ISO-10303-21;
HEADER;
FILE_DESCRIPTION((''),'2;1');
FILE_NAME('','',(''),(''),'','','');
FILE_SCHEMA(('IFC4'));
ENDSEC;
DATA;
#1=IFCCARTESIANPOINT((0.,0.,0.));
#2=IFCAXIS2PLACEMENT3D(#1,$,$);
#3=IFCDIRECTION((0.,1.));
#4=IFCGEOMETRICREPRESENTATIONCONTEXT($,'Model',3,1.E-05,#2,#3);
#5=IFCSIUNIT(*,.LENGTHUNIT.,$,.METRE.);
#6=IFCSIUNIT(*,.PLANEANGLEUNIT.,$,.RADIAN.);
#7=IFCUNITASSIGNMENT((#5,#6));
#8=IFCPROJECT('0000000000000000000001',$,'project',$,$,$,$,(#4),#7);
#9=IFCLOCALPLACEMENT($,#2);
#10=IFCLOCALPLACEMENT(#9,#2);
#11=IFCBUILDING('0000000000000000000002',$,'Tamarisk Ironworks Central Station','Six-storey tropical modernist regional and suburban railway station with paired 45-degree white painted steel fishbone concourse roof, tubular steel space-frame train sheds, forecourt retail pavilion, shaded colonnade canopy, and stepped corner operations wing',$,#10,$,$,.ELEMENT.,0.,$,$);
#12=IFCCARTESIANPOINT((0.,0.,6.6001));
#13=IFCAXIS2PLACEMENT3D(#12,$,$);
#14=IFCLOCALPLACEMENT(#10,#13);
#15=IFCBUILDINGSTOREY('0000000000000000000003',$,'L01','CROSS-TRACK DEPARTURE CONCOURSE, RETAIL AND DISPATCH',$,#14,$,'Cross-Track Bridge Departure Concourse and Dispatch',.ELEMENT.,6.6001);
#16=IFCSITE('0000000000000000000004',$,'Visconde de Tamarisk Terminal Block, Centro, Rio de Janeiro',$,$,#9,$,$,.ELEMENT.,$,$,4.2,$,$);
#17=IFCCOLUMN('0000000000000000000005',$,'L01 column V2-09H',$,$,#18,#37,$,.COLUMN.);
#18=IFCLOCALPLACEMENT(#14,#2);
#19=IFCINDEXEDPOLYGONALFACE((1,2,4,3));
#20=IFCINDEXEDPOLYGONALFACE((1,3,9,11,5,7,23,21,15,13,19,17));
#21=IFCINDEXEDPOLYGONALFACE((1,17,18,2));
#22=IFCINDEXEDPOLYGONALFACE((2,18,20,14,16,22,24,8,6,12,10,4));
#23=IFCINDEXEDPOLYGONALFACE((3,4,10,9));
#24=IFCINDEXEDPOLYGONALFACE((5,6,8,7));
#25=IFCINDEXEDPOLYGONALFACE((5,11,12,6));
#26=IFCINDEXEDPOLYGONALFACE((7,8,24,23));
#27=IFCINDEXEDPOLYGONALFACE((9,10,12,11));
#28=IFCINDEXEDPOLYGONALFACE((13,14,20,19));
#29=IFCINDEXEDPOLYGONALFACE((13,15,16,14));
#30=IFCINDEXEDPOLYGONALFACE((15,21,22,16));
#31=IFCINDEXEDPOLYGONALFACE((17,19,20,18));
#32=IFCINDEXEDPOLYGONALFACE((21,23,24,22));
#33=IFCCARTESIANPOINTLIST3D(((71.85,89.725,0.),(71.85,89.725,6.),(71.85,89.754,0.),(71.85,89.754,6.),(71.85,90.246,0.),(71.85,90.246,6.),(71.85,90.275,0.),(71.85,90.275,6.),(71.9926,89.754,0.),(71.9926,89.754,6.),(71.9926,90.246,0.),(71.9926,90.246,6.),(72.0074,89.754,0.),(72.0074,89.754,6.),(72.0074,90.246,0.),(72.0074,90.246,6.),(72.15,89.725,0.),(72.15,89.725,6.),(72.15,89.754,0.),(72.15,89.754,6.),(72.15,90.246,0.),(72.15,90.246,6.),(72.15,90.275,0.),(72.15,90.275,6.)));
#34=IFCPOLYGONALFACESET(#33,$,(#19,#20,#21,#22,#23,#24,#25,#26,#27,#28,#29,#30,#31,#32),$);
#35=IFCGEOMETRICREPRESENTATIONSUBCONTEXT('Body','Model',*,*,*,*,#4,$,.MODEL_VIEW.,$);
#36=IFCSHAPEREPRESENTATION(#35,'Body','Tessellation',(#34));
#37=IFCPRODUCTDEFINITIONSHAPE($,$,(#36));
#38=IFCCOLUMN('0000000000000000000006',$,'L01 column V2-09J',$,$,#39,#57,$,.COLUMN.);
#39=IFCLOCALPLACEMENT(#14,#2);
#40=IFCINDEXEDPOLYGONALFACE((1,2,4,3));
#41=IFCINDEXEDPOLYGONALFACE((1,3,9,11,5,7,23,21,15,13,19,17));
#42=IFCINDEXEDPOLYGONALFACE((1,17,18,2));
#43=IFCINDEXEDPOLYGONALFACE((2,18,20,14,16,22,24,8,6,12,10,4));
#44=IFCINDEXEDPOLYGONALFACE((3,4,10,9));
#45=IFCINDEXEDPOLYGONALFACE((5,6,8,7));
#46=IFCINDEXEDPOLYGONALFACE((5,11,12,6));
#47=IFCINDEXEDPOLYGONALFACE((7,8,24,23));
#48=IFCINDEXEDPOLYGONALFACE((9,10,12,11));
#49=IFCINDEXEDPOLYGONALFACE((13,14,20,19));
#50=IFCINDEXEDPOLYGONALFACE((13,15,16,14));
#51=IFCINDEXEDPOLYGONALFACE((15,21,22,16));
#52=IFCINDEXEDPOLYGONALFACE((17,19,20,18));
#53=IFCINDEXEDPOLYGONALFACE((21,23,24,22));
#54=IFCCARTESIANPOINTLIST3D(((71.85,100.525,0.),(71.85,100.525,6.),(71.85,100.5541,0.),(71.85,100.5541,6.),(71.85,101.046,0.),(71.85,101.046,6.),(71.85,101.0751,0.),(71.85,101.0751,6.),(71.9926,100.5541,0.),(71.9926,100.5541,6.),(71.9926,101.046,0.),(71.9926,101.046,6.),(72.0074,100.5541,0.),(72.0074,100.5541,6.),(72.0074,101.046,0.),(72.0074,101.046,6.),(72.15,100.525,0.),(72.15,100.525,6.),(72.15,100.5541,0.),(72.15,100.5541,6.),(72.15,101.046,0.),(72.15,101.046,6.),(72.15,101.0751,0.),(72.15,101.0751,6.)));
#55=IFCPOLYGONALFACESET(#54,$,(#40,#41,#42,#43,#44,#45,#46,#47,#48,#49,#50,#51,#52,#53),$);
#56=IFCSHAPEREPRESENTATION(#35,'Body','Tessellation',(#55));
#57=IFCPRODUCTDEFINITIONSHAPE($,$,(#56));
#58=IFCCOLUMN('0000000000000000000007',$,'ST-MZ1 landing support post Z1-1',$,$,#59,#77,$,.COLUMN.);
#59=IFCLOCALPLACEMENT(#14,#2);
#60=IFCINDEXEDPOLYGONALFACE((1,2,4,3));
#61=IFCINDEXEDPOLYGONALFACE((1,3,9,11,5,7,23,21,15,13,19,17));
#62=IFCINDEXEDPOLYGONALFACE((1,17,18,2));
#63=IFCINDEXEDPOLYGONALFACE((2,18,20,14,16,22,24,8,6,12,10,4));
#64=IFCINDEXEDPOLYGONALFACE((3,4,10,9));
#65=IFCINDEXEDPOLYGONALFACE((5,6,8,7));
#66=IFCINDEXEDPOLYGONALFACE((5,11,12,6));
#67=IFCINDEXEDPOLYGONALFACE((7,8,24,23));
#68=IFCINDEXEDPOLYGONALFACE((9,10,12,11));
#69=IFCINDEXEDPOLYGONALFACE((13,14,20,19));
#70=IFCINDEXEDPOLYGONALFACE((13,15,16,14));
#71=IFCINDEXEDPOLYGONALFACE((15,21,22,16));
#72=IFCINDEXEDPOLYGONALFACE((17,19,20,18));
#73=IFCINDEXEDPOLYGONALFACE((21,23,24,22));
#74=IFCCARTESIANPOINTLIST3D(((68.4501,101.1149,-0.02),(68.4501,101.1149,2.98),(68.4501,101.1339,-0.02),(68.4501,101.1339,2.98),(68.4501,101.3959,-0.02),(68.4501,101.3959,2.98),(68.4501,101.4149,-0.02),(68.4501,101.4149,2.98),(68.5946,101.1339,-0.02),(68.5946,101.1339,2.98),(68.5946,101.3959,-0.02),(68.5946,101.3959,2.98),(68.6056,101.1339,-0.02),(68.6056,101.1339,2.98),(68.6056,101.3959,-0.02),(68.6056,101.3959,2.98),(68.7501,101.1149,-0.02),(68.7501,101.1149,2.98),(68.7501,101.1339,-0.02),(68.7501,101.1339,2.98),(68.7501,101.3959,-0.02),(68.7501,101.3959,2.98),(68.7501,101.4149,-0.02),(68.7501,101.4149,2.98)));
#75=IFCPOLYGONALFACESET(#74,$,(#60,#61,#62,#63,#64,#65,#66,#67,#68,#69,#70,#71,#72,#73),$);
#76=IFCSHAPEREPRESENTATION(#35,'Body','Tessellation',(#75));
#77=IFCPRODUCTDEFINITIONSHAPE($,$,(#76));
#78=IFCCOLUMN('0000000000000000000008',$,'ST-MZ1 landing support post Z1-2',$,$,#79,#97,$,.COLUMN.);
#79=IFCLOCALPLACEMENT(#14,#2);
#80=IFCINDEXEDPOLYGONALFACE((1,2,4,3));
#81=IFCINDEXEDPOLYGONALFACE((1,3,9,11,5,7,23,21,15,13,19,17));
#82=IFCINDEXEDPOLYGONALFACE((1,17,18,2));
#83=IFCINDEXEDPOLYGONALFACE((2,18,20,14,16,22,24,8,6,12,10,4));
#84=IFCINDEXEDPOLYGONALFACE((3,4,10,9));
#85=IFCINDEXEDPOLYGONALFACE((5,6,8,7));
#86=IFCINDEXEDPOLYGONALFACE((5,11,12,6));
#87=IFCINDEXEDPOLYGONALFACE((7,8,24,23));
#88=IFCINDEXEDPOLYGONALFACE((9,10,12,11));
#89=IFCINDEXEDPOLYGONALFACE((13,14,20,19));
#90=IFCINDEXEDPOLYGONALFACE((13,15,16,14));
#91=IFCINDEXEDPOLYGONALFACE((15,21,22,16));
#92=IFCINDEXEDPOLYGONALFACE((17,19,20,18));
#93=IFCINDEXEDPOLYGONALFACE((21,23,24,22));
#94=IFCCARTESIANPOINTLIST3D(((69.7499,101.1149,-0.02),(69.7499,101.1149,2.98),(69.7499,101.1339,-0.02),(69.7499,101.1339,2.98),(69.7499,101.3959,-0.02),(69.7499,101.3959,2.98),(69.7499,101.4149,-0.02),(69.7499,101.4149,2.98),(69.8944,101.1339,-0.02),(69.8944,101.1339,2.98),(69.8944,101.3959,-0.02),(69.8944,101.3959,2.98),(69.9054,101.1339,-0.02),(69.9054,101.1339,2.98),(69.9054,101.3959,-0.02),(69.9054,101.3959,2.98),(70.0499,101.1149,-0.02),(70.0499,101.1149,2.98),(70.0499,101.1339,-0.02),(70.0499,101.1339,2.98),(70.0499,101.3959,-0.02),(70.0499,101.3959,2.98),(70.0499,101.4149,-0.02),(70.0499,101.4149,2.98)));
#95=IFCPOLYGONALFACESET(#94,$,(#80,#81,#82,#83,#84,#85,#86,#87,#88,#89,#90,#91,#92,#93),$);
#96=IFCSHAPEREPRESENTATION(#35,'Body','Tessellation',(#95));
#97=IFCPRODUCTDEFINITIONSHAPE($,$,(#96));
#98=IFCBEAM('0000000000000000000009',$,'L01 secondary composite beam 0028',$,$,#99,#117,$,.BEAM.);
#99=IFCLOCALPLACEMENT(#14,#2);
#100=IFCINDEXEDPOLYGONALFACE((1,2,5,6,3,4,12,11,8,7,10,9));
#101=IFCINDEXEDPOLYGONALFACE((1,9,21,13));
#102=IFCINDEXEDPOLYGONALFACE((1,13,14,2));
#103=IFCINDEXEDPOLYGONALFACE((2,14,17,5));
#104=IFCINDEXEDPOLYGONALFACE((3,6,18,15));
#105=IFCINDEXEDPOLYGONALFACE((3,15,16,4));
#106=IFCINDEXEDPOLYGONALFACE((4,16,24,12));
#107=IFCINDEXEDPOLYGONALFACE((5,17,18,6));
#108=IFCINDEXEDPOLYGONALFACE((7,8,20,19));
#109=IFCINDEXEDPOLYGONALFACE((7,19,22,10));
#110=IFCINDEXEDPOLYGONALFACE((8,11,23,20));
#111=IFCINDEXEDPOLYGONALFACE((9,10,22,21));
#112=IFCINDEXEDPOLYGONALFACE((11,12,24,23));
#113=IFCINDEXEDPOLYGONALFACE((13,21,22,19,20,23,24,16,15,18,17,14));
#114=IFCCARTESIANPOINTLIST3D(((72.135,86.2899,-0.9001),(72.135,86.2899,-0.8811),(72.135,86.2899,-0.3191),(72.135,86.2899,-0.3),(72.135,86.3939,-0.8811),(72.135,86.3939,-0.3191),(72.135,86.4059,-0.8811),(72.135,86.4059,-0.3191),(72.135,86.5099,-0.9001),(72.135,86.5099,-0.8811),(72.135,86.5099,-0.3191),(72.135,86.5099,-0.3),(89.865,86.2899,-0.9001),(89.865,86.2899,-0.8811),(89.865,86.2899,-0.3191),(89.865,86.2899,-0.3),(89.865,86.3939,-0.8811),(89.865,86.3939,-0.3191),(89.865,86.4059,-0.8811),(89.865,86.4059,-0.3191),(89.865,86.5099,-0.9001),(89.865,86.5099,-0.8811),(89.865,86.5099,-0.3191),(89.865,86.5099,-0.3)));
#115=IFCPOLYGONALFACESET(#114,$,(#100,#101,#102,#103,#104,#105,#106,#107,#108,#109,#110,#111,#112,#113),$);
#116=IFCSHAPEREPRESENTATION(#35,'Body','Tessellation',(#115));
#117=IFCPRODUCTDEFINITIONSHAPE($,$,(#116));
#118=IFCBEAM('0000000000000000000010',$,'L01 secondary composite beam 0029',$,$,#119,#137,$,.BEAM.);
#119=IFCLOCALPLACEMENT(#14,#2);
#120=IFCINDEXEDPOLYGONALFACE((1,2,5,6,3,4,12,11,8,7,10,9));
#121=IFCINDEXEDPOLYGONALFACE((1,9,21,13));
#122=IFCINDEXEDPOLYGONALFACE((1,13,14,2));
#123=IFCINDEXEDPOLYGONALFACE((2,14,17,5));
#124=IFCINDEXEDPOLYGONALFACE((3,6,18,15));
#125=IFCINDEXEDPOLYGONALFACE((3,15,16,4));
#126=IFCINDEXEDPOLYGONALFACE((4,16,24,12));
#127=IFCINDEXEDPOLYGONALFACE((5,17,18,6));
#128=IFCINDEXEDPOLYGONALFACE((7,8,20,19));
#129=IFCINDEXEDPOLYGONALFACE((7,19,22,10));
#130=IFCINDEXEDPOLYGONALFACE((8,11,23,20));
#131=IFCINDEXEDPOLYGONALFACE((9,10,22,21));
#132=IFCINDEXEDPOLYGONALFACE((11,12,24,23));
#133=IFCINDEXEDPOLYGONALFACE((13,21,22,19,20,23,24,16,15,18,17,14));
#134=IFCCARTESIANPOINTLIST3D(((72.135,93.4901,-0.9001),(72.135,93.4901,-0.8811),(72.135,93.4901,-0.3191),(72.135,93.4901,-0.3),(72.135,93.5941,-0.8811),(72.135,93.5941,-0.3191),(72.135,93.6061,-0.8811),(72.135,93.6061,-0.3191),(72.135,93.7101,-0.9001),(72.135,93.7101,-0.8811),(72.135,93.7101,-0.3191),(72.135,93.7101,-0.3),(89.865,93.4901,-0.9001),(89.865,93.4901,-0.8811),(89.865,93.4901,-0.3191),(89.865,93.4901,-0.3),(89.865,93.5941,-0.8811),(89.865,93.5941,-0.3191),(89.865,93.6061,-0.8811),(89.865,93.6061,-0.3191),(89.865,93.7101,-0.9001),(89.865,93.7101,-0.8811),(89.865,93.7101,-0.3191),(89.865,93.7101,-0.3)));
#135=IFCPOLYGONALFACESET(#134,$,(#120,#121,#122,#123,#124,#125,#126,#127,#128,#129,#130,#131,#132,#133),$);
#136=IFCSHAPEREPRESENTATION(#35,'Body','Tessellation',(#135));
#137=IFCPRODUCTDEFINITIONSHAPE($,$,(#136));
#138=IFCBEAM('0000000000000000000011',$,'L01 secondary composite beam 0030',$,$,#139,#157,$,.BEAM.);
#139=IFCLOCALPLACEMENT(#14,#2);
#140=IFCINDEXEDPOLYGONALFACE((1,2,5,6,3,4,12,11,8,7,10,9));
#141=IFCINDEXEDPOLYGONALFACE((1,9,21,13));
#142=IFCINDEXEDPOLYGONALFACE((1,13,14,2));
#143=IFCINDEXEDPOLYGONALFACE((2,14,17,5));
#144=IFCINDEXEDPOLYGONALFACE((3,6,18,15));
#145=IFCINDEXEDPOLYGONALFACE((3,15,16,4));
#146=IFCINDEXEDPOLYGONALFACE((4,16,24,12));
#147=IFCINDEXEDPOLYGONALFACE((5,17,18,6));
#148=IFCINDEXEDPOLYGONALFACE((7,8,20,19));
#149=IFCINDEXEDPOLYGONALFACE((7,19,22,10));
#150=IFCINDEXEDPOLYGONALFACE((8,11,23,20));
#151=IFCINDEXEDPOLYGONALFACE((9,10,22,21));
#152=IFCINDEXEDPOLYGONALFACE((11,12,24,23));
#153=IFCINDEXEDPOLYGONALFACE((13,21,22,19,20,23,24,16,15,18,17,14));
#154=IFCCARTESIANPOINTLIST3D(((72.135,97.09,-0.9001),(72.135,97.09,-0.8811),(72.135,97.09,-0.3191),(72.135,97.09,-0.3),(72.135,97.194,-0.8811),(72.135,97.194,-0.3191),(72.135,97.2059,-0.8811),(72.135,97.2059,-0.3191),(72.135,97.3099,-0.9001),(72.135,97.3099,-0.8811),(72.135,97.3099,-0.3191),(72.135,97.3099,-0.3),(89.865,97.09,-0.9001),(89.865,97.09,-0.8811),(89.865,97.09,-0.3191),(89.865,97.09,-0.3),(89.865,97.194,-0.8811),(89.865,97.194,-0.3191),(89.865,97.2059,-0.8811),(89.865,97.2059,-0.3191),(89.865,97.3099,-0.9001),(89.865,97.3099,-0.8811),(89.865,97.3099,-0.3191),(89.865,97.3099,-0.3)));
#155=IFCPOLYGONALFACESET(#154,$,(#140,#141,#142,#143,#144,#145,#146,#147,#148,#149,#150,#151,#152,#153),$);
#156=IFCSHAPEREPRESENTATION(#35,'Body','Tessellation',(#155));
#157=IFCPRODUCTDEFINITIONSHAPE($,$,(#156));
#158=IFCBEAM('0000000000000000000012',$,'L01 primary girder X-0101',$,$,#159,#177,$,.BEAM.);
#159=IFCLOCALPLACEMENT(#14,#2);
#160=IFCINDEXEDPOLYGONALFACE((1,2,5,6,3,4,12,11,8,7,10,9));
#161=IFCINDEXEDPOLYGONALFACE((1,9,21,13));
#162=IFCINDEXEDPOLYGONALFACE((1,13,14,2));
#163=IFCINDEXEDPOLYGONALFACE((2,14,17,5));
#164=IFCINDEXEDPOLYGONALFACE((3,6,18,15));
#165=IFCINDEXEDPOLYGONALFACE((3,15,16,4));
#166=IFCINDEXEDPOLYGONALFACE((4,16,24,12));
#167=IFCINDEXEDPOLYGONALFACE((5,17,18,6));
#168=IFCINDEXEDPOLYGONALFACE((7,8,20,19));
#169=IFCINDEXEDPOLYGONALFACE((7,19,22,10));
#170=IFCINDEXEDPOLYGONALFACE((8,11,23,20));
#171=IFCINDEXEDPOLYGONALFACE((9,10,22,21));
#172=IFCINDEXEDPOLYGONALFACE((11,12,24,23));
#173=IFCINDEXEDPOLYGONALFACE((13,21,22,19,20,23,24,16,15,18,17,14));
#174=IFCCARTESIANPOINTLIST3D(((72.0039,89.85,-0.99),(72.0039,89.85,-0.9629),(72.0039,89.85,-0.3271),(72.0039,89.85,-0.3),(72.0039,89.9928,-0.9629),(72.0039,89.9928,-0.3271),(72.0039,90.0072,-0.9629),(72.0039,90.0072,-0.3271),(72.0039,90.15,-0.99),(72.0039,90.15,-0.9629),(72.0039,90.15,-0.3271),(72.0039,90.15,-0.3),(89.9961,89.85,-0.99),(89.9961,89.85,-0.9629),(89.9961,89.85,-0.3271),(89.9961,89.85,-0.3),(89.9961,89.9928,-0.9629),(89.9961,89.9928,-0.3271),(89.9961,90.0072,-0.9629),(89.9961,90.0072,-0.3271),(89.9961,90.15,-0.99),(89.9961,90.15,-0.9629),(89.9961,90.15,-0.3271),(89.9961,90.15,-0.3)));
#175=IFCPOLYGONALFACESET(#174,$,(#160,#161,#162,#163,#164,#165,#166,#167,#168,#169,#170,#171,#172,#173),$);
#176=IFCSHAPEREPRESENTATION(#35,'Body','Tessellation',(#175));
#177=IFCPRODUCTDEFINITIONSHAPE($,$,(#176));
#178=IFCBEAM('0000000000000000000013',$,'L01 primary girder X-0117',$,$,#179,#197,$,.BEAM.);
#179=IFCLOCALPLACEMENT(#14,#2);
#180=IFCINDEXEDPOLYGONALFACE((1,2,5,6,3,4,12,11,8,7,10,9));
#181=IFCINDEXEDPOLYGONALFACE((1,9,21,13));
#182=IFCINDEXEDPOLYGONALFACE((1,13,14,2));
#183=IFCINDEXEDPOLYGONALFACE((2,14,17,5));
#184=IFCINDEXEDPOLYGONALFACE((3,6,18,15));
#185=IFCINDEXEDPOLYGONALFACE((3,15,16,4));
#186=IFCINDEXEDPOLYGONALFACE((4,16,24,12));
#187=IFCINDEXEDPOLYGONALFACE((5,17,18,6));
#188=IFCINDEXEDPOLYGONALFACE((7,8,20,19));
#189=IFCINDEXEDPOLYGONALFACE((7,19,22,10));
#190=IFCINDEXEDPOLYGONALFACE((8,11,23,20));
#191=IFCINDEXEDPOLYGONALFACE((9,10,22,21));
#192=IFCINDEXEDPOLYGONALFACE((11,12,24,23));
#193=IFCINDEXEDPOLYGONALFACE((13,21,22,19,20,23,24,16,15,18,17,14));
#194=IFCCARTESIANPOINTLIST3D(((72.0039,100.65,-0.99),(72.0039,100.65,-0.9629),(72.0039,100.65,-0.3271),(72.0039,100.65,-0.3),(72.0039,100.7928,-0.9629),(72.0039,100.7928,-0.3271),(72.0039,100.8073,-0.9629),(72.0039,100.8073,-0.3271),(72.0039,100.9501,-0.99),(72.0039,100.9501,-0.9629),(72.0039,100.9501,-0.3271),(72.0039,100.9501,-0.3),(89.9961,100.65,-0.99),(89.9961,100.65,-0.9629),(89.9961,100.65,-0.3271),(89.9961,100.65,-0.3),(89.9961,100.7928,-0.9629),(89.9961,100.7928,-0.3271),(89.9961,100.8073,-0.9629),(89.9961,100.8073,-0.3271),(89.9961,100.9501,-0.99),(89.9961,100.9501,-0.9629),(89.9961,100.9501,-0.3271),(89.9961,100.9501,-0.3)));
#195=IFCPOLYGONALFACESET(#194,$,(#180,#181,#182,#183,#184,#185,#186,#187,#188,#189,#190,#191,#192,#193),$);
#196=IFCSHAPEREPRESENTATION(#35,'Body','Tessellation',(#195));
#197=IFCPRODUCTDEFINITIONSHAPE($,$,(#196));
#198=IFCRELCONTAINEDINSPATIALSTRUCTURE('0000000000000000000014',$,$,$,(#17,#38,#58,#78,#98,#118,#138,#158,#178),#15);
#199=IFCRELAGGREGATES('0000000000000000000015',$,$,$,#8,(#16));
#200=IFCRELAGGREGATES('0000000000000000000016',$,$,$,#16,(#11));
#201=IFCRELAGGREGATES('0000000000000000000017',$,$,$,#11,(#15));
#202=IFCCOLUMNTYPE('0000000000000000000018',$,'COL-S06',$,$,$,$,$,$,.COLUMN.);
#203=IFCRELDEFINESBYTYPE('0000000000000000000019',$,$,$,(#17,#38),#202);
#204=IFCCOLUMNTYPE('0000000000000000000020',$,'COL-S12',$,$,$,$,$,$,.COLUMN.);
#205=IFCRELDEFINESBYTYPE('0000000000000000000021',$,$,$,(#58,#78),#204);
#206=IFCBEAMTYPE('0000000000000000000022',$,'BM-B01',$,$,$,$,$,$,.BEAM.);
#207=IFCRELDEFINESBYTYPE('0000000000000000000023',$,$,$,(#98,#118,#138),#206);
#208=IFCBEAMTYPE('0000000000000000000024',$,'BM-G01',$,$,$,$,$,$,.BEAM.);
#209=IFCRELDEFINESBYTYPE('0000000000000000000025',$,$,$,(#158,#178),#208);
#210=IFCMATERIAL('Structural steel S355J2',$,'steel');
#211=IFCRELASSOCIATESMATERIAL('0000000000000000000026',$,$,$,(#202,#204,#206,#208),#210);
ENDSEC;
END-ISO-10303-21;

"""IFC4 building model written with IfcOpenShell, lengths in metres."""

from ifc_helpers import new_model, si_unit, direction, frame, origin, origin_2d, place, context, subcontext, project, spatial, i_section, extrude, material, material_profile, profile_set, type_object, element, save


model = new_model("IFC4")

# Units and contexts
model_context = context("Model", 3, precision=1e-05, world=origin(), true_north=direction((0.0, 1.0)))
body_context = subcontext(model_context, "Body", "Model", "MODEL_VIEW")
ifc_project = project(units=[si_unit("LENGTHUNIT", "METRE"), si_unit("PLANEANGLEUNIT", "RADIAN")], contexts=[model_context])

# Site, building, storey
site_placement = place(None, origin())
site = spatial("IfcSite", under=ifc_project, at=site_placement, Name="Visconde de Tamarisk Terminal Block, Centro, Rio de Janeiro", CompositionType="ELEMENT", RefElevation=4.2)
building_placement = place(site_placement, origin())
building = spatial("IfcBuilding", under=site, at=building_placement, Name="Tamarisk Ironworks Central Station", Description="Six-storey tropical modernist regional and suburban railway station with paired 45-degree white painted steel fishbone concourse roof, tubular steel space-frame train sheds, forecourt retail pavilion, shaded colonnade canopy, and stepped corner operations wing", CompositionType="ELEMENT", ElevationOfRefHeight=0.0)
storey_placement = place(building_placement, frame((0.0, 0.0, 6.6001)))
storey = spatial("IfcBuildingStorey", under=building, at=storey_placement, Name="L01", Description="CROSS-TRACK DEPARTURE CONCOURSE, RETAIL AND DISPATCH", LongName="Cross-Track Bridge Departure Concourse and Dispatch", CompositionType="ELEMENT", Elevation=6.6001)

# Columns
ifc_material_1 = material(Name="Structural steel S355J2", Category="steel")
ifc_material_profile_1 = material_profile(ifc_material_1, i_section(OverallWidth=0.3, OverallDepth=0.55, WebThickness=0.0149, FlangeThickness=0.0291, at=origin_2d()), Name="HEB 550")
ifc_profile_set_1 = profile_set([ifc_material_profile_1], Name="Structural steel S355J2")
column_type_1 = type_object("IfcColumnType", Name="COL-S06", PredefinedType="COLUMN", material=ifc_profile_set_1)
for number, where, z_axis, x_axis, name in (
    (1, (72.0, 90.0, 0.0), (0.0, 0.0, 1.0), (1.0, 0.0, 0.0), "L01 column V2-09H"),
    (2, (72.0, 100.8, 0.0), (0.0, 0.0, 1.0), (1.0, 0.0, 0.0), "L01 column V2-09J"),
):
    element("IfcColumn", number, at=place(storey_placement, frame(where, z_axis=z_axis, x_axis=x_axis)), inside=storey, type_object=column_type_1, Name=name, PredefinedType="COLUMN", context=body_context, shape_type="SweptSolid", body=[
        extrude(i_section(OverallWidth=0.3, OverallDepth=0.55, WebThickness=0.0149, FlangeThickness=0.0291, at=origin_2d()), origin(), (0.0, 0.0, 1.0), 6.0),
    ])
ifc_material_profile_2 = material_profile(ifc_material_1, i_section(OverallWidth=0.3, OverallDepth=0.3, WebThickness=0.011, FlangeThickness=0.019, at=origin_2d()), Name="HEB 300")
ifc_profile_set_2 = profile_set([ifc_material_profile_2], Name="Structural steel S355J2")
column_type_2 = type_object("IfcColumnType", Name="COL-S12", PredefinedType="COLUMN", material=ifc_profile_set_2)
for number, where, z_axis, x_axis, name in (
    (3, (68.6001, 101.2649, -0.02), (0.0, 0.0, 1.0), (1.0, 0.0, 0.0), "ST-MZ1 landing support post Z1-1"),
    (4, (69.8999, 101.2649, -0.02), (0.0, 0.0, 1.0), (1.0, 0.0, 0.0), "ST-MZ1 landing support post Z1-2"),
):
    element("IfcColumn", number, at=place(storey_placement, frame(where, z_axis=z_axis, x_axis=x_axis)), inside=storey, type_object=column_type_2, Name=name, PredefinedType="COLUMN", context=body_context, shape_type="SweptSolid", body=[
        extrude(i_section(OverallWidth=0.3, OverallDepth=0.3, WebThickness=0.011, FlangeThickness=0.019, at=origin_2d()), origin(), (0.0, 0.0, 1.0), 3.0),
    ])

# Beams
ifc_material_profile_3 = material_profile(ifc_material_1, i_section(OverallWidth=0.22, OverallDepth=0.6001, WebThickness=0.012, FlangeThickness=0.019, at=origin_2d()), Name="IPE 600")
ifc_profile_set_3 = profile_set([ifc_material_profile_3], Name="Structural steel S355J2")
beam_type_1 = type_object("IfcBeamType", Name="BM-B01", PredefinedType="BEAM", material=ifc_profile_set_3)
for number, where, z_axis, x_axis, name in (
    (5, (72.135, 86.3999, -0.6001), (1.0, 0.0, 0.0), (0.0, 1.0, 0.0), "L01 secondary composite beam 0028"),
    (6, (72.135, 93.6001, -0.6001), (1.0, 0.0, 0.0), (0.0, 1.0, 0.0), "L01 secondary composite beam 0029"),
    (7, (72.135, 97.2, -0.6001), (1.0, 0.0, 0.0), (0.0, 1.0, 0.0), "L01 secondary composite beam 0030"),
):
    element("IfcBeam", number, at=place(storey_placement, frame(where, z_axis=z_axis, x_axis=x_axis)), inside=storey, type_object=beam_type_1, Name=name, PredefinedType="BEAM", context=body_context, shape_type="SweptSolid", body=[
        extrude(i_section(OverallWidth=0.22, OverallDepth=0.6001, WebThickness=0.012, FlangeThickness=0.019, at=origin_2d()), origin(), (0.0, 0.0, 1.0), 17.73),
    ])
ifc_material_profile_4 = material_profile(ifc_material_1, i_section(OverallWidth=0.3, OverallDepth=0.6899, WebThickness=0.0144, FlangeThickness=0.0271, at=origin_2d()), Name="HEA 700")
ifc_profile_set_4 = profile_set([ifc_material_profile_4], Name="Structural steel S355J2")
beam_type_2 = type_object("IfcBeamType", Name="BM-G01", PredefinedType="BEAM", material=ifc_profile_set_4)
for number, where, z_axis, x_axis, name in (
    (8, (72.0039, 90.0, -0.645), (1.0, 0.0, 0.0), (0.0, 1.0, 0.0), "L01 primary girder X-0101"),
    (9, (72.0039, 100.8, -0.645), (1.0, 0.0, 0.0), (0.0, 1.0, 0.0), "L01 primary girder X-0117"),
):
    element("IfcBeam", number, at=place(storey_placement, frame(where, z_axis=z_axis, x_axis=x_axis)), inside=storey, type_object=beam_type_2, Name=name, PredefinedType="BEAM", context=body_context, shape_type="SweptSolid", body=[
        extrude(i_section(OverallWidth=0.3, OverallDepth=0.6899, WebThickness=0.0144, FlangeThickness=0.0271, at=origin_2d()), origin(), (0.0, 0.0, 1.0), 17.9922),
    ])

save(model, "model.ifc")
